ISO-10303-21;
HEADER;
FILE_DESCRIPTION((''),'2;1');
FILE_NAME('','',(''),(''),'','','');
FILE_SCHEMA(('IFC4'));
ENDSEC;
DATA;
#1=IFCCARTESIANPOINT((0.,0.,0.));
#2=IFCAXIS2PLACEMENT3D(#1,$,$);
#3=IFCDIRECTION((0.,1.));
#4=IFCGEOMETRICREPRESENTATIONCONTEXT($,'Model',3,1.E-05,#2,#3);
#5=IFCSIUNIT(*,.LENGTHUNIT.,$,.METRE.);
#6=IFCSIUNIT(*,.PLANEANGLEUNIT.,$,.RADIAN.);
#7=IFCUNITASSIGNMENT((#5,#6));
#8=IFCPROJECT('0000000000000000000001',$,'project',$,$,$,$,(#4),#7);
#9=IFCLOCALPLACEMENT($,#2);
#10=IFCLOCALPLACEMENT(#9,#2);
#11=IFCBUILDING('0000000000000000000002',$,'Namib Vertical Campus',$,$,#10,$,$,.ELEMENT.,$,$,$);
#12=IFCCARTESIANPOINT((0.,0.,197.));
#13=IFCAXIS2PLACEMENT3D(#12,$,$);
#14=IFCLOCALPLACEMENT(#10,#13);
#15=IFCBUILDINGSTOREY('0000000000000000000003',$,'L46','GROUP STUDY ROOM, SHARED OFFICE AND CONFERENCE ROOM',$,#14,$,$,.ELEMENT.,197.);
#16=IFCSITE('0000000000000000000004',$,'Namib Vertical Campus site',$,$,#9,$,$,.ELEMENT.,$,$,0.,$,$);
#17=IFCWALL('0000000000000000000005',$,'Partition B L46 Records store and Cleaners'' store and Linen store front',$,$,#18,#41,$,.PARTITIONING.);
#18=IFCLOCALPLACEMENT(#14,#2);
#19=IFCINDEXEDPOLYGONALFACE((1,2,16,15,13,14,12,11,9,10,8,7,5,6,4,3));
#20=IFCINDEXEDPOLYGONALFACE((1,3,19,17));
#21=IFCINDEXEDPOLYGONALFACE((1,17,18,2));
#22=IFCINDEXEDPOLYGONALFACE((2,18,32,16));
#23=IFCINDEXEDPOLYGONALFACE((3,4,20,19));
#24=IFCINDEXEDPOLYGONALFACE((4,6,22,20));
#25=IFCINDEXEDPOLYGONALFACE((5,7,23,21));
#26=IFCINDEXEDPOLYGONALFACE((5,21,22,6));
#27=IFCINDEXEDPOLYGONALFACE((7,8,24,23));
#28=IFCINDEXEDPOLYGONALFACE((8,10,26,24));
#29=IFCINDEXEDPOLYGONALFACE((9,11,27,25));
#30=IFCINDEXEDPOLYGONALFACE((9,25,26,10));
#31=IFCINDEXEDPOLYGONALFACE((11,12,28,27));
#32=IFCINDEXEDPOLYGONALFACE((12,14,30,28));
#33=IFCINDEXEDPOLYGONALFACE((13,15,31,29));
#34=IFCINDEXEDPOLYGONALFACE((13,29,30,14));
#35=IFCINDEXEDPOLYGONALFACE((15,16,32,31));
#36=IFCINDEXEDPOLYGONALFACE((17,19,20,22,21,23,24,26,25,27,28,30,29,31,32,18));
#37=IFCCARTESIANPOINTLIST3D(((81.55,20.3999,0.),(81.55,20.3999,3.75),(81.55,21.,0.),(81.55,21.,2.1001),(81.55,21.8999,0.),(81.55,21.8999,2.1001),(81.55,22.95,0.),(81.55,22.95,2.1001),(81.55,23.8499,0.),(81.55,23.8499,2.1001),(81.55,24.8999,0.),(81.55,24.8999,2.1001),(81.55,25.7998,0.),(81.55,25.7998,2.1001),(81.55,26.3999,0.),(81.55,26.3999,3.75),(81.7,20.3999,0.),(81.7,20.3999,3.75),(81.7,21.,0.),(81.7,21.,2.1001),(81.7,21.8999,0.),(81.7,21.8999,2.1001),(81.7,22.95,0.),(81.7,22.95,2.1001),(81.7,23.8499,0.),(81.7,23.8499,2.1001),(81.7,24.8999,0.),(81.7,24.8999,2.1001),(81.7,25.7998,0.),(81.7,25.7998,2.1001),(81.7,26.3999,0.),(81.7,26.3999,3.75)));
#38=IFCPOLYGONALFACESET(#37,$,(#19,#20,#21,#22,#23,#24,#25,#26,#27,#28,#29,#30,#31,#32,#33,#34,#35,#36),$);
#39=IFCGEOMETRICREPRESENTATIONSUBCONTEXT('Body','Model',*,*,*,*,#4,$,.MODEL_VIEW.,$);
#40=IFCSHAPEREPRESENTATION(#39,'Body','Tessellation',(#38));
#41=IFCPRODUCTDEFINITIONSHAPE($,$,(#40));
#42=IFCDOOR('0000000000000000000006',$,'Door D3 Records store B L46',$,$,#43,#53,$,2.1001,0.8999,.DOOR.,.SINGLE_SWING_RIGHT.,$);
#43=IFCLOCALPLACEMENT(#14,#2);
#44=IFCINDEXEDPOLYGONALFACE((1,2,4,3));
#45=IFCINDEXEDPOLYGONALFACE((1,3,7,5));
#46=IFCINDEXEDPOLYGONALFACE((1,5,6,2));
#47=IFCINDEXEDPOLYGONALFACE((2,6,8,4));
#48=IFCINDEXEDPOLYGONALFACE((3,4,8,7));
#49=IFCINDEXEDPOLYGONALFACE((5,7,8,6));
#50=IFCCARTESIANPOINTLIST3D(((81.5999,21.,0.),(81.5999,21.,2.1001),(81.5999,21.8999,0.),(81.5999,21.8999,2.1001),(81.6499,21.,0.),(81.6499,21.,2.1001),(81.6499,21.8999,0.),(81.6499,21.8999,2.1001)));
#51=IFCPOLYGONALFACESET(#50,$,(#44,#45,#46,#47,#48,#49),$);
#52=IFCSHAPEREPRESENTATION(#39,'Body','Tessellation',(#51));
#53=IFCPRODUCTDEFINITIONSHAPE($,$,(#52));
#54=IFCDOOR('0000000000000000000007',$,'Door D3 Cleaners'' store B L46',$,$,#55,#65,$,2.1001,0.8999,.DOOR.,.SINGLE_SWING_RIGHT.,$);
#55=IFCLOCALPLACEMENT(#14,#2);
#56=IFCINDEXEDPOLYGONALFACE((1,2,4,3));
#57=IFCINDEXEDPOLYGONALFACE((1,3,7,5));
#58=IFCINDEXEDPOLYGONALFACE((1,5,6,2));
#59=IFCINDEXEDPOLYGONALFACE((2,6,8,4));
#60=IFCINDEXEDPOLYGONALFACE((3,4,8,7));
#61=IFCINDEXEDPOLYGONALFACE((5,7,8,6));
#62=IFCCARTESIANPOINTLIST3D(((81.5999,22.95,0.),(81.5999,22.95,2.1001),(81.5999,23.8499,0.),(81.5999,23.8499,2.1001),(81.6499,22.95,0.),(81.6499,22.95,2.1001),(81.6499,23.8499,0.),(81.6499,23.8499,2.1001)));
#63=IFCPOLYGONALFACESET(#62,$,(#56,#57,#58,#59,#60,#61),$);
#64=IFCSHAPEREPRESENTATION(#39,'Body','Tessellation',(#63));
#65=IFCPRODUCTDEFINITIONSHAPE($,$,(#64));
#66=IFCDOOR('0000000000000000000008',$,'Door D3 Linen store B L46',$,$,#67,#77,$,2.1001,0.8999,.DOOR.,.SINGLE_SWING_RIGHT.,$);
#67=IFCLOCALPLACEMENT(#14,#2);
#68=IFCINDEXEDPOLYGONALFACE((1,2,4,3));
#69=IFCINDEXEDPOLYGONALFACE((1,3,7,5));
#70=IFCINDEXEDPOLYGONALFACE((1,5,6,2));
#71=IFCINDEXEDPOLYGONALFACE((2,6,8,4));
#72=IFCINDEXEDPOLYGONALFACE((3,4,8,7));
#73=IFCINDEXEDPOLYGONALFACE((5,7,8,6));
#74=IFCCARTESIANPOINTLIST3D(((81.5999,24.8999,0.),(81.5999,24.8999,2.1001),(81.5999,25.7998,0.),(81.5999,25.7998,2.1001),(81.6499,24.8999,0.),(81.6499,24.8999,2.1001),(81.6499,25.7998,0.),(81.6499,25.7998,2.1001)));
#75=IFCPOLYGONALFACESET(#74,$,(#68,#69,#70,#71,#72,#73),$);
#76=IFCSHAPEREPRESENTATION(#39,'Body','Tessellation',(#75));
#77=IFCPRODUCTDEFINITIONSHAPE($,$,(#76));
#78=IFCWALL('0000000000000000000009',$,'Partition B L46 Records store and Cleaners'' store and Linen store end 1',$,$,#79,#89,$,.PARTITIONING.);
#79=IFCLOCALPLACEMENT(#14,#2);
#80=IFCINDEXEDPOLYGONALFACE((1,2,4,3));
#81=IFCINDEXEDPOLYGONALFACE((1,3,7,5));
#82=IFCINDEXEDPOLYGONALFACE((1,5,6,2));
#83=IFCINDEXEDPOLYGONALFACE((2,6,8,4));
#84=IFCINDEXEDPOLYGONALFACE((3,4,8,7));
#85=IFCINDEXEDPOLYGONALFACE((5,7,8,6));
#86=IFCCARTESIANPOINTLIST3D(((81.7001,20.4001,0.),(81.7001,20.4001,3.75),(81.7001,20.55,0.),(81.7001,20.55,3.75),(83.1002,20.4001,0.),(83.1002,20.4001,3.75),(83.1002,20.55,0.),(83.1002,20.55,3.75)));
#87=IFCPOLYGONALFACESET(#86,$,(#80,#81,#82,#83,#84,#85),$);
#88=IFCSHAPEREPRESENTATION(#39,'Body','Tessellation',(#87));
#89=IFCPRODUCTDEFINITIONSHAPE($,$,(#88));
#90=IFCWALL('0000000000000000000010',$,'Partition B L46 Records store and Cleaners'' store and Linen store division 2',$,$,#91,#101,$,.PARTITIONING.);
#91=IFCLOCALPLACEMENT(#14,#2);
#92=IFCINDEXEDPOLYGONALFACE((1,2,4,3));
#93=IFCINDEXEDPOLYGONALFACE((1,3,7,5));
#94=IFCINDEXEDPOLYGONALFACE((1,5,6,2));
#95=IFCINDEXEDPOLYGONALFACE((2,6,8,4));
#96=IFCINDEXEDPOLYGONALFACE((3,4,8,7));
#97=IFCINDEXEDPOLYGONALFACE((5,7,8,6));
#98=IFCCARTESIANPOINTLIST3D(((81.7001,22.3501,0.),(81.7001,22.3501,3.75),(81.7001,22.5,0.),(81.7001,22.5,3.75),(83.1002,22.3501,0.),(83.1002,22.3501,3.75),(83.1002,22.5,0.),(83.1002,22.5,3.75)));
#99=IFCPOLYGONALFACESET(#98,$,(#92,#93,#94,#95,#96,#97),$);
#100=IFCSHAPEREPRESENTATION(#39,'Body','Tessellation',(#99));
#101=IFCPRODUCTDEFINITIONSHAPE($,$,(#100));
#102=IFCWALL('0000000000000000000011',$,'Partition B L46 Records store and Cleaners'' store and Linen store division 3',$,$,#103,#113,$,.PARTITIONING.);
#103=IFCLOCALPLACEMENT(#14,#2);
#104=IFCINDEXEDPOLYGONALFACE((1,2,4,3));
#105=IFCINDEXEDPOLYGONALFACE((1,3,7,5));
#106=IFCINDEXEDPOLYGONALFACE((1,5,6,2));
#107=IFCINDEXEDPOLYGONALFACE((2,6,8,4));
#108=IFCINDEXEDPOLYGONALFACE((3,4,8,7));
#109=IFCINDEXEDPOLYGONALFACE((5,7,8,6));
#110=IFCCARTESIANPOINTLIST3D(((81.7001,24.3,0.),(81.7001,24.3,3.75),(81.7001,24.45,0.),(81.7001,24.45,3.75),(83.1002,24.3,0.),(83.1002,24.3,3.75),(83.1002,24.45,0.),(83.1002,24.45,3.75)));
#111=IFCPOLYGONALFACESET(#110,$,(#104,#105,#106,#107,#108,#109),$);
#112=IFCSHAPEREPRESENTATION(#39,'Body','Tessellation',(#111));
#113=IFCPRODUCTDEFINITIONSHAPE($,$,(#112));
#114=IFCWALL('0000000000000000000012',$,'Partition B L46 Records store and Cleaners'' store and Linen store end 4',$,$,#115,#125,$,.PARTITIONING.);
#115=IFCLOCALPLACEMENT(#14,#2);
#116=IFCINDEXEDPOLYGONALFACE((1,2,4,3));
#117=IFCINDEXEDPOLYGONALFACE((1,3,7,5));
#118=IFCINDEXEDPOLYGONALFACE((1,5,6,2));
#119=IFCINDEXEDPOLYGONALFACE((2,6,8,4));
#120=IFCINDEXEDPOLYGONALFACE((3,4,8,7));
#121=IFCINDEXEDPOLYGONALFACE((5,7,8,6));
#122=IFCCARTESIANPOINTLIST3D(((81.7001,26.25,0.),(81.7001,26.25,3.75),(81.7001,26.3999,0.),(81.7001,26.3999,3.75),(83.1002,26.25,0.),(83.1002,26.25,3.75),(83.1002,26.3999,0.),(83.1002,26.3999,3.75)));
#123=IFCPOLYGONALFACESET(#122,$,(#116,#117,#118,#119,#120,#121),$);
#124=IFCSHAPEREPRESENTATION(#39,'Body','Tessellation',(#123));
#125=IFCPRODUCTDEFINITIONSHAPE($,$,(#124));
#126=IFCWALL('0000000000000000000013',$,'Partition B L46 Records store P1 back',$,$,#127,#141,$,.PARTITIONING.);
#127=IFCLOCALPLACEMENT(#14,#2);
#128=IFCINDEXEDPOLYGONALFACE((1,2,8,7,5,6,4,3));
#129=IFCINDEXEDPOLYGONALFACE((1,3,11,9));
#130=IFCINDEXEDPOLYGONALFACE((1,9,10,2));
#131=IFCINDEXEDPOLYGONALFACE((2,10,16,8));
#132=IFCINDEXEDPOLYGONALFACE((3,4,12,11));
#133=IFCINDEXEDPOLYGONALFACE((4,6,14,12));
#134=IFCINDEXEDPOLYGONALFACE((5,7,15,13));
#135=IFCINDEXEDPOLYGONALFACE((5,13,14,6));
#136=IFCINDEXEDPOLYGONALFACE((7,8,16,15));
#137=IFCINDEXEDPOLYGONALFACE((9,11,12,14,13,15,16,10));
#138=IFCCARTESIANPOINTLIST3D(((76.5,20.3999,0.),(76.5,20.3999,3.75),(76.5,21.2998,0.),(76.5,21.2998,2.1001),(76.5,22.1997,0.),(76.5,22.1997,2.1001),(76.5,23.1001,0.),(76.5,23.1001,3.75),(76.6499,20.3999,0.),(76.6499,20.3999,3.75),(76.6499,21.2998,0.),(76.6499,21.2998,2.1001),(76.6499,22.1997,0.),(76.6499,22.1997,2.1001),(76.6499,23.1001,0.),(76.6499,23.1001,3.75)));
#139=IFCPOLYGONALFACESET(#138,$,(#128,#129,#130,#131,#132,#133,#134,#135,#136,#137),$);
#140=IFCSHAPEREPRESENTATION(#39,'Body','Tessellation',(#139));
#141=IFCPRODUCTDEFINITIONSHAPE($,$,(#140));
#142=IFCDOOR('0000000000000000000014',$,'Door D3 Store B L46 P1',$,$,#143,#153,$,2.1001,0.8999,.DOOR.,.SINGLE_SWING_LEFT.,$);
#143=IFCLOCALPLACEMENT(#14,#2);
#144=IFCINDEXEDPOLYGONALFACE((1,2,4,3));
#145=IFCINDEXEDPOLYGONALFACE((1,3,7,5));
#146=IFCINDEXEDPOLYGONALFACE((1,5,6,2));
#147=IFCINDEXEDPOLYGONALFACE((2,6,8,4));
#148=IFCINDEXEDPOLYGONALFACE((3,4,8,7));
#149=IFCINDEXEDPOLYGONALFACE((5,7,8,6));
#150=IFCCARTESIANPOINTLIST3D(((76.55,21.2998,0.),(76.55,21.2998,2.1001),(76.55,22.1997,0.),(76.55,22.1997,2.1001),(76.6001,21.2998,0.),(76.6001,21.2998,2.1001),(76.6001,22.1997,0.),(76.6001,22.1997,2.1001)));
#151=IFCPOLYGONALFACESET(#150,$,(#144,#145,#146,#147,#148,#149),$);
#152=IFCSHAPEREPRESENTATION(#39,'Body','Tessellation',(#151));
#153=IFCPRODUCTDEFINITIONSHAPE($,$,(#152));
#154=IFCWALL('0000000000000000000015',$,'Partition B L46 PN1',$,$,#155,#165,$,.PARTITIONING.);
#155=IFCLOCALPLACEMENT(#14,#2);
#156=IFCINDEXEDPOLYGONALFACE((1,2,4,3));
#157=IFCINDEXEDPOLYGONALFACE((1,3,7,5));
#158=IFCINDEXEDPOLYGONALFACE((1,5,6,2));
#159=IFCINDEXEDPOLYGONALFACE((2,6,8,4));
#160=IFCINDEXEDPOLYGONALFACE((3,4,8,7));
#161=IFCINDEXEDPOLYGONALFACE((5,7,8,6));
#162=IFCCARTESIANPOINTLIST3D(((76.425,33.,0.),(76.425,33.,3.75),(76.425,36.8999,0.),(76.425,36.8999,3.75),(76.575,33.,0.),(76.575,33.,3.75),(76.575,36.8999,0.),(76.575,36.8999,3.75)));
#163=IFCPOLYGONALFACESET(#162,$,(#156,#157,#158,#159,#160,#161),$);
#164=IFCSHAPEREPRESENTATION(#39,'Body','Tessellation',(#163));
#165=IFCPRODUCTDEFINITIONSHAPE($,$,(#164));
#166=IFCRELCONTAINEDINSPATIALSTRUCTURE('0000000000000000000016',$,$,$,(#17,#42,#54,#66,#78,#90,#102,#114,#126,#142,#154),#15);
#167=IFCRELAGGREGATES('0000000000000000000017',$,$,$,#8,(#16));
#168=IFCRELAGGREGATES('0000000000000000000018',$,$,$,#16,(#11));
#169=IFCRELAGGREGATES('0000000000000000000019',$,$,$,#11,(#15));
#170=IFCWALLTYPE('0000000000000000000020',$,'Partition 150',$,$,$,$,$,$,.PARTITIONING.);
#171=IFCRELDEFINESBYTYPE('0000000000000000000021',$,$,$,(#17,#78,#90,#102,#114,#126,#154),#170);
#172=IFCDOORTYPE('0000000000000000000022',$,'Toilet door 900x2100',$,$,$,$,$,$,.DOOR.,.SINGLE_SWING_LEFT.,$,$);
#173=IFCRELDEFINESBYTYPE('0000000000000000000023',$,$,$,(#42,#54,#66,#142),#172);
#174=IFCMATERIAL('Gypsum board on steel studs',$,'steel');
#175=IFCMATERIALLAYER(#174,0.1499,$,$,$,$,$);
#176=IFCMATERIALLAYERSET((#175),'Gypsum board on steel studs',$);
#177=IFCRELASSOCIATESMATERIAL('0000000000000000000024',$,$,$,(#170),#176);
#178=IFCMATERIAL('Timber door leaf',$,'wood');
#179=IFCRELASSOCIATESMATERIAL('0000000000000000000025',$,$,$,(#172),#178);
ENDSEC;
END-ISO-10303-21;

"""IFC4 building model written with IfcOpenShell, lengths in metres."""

from ifc_helpers import new_model, si_unit, direction, frame, frame_2d, origin, place, context, subcontext, project, spatial, rectangle, extrude, material, layer, layer_set, type_object, element, fill, save


model = new_model("IFC4")

# Units and contexts
model_context = context("Model", 3, precision=1e-05, world=origin(), true_north=direction((0.0, 1.0)))
body_context = subcontext(model_context, "Body", "Model", "MODEL_VIEW")
ifc_project = project(units=[si_unit("LENGTHUNIT", "METRE"), si_unit("PLANEANGLEUNIT", "RADIAN")], contexts=[model_context])

# Site, building, storey
site_placement = place(None, origin())
site = spatial("IfcSite", under=ifc_project, at=site_placement, Name="Namib Vertical Campus site", CompositionType="ELEMENT", RefElevation=0.0)
building_placement = place(site_placement, origin())
building = spatial("IfcBuilding", under=site, at=building_placement, Name="Namib Vertical Campus", CompositionType="ELEMENT")
storey_placement = place(building_placement, frame((0.0, 0.0, 197.0)))
storey = spatial("IfcBuildingStorey", under=building, at=storey_placement, Name="L46", Description="GROUP STUDY ROOM, SHARED OFFICE AND CONFERENCE ROOM", CompositionType="ELEMENT", Elevation=197.0)

# Wall, openings, doors
ifc_material_1 = material(Name="Gypsum board on steel studs", Category="steel")
ifc_layer_1 = layer(ifc_material_1, 0.1499)
ifc_layer_set_1 = layer_set([ifc_layer_1], Name="Gypsum board on steel studs")
wall_type_1 = type_object("IfcWallType", Name="Partition 150", PredefinedType="PARTITIONING", material=ifc_layer_set_1)
wall_1_placement = place(storey_placement, frame((81.625, 20.3999, 0.0), z_axis=(0.0, 0.0, 1.0), x_axis=(0.0, 1.0, 0.0)))
wall_1 = element("IfcWall", 1, at=wall_1_placement, inside=storey, type_object=wall_type_1, Name="Partition B L46 Records store and Cleaners' store and Linen store front", PredefinedType="PARTITIONING", context=body_context, shape_type="SweptSolid", body=[
    extrude(rectangle(XDim=6.0, YDim=0.1499, at=frame_2d((3.0, 0.0))), origin(), (0.0, 0.0, 1.0), 3.75),
])
opening_1_placement = place(wall_1_placement, frame((0.6001, 0.0, 0.0)))
opening_1 = element("IfcOpeningElement", 2, at=opening_1_placement, cuts=wall_1, PredefinedType="OPENING", context=body_context, shape_type="SweptSolid", body=[
    extrude(rectangle(XDim=0.8999, YDim=2.1001, at=frame_2d((0.45, 1.05))), frame((0.0, 0.085, 0.0), z_axis=(0.0, -1.0, 0.0), x_axis=(1.0, 0.0, 0.0)), (0.0, 0.0, 1.0), 0.1699),
])
opening_2_placement = place(wall_1_placement, frame((2.55, 0.0, 0.0)))
opening_2 = element("IfcOpeningElement", 3, at=opening_2_placement, cuts=wall_1, PredefinedType="OPENING", context=body_context, shape_type="SweptSolid", body=[
    extrude(rectangle(XDim=0.8999, YDim=2.1001, at=frame_2d((0.45, 1.05))), frame((0.0, 0.085, 0.0), z_axis=(0.0, -1.0, 0.0), x_axis=(1.0, 0.0, 0.0)), (0.0, 0.0, 1.0), 0.1699),
])
opening_3_placement = place(wall_1_placement, frame((4.5, 0.0, 0.0)))
opening_3 = element("IfcOpeningElement", 4, at=opening_3_placement, cuts=wall_1, PredefinedType="OPENING", context=body_context, shape_type="SweptSolid", body=[
    extrude(rectangle(XDim=0.8999, YDim=2.1001, at=frame_2d((0.45, 1.05))), frame((0.0, 0.085, 0.0), z_axis=(0.0, -1.0, 0.0), x_axis=(1.0, 0.0, 0.0)), (0.0, 0.0, 1.0), 0.1699),
])
ifc_material_2 = material(Name="Timber door leaf", Category="wood")
door_type_1 = type_object("IfcDoorType", Name="Toilet door 900x2100", OperationType="SINGLE_SWING_LEFT", PredefinedType="DOOR", material=ifc_material_2)
door_1_placement = place(opening_1_placement, frame((0.8999, 0.0, 0.0), z_axis=(0.0, 0.0, 1.0), x_axis=(-1.0, 0.0, 0.0)))
door_1 = element("IfcDoor", 5, at=door_1_placement, inside=storey, type_object=door_type_1, Name="Door D3 Records store B L46", OperationType="SINGLE_SWING_RIGHT", OverallHeight=2.1001, OverallWidth=0.8999, PredefinedType="DOOR", context=body_context, shape_type="SweptSolid", body=[
    extrude(rectangle(XDim=0.8999, YDim=2.1001, at=frame_2d((0.45, 1.05))), frame((0.0, 0.0249, 0.0), z_axis=(0.0, -1.0, 0.0), x_axis=(1.0, 0.0, 0.0)), (0.0, 0.0, 1.0), 0.05),
])
fill(opening_1, door_1)
door_2_placement = place(opening_2_placement, frame((0.8999, 0.0, 0.0), z_axis=(0.0, 0.0, 1.0), x_axis=(-1.0, 0.0, 0.0)))
door_2 = element("IfcDoor", 6, at=door_2_placement, inside=storey, type_object=door_type_1, Name="Door D3 Cleaners' store B L46", OperationType="SINGLE_SWING_RIGHT", OverallHeight=2.1001, OverallWidth=0.8999, PredefinedType="DOOR", context=body_context, shape_type="SweptSolid", body=[
    extrude(rectangle(XDim=0.8999, YDim=2.1001, at=frame_2d((0.45, 1.05))), frame((0.0, 0.0249, 0.0), z_axis=(0.0, -1.0, 0.0), x_axis=(1.0, 0.0, 0.0)), (0.0, 0.0, 1.0), 0.05),
])
fill(opening_2, door_2)
door_3_placement = place(opening_3_placement, frame((0.8999, 0.0, 0.0), z_axis=(0.0, 0.0, 1.0), x_axis=(-1.0, 0.0, 0.0)))
door_3 = element("IfcDoor", 7, at=door_3_placement, inside=storey, type_object=door_type_1, Name="Door D3 Linen store B L46", OperationType="SINGLE_SWING_RIGHT", OverallHeight=2.1001, OverallWidth=0.8999, PredefinedType="DOOR", context=body_context, shape_type="SweptSolid", body=[
    extrude(rectangle(XDim=0.8999, YDim=2.1001, at=frame_2d((0.45, 1.05))), frame((0.0, 0.0249, 0.0), z_axis=(0.0, -1.0, 0.0), x_axis=(1.0, 0.0, 0.0)), (0.0, 0.0, 1.0), 0.05),
])
fill(opening_3, door_3)

# Walls
for number, where, z_axis, x_axis, name in (
    (8, (81.7, 20.4751, 0.0), (0.0, 0.0, 1.0), (1.0, 0.0, 0.0), "Partition B L46 Records store and Cleaners' store and Linen store end 1"),
    (9, (81.7, 22.425, 0.0), (0.0, 0.0, 1.0), (1.0, 0.0, 0.0), "Partition B L46 Records store and Cleaners' store and Linen store division 2"),
    (10, (81.7, 24.375, 0.0), (0.0, 0.0, 1.0), (1.0, 0.0, 0.0), "Partition B L46 Records store and Cleaners' store and Linen store division 3"),
    (11, (81.7, 26.325, 0.0), (0.0, 0.0, 1.0), (1.0, 0.0, 0.0), "Partition B L46 Records store and Cleaners' store and Linen store end 4"),
):
    element("IfcWall", number, at=place(storey_placement, frame(where, z_axis=z_axis, x_axis=x_axis)), inside=storey, type_object=wall_type_1, Name=name, PredefinedType="PARTITIONING", context=body_context, shape_type="SweptSolid", body=[
        extrude(rectangle(XDim=1.4001, YDim=0.1499, at=frame_2d((0.7002, 0.0))), origin(), (0.0, 0.0, 1.0), 3.75),
    ])

# Wall, opening, door
wall_2_placement = place(storey_placement, frame((76.575, 20.3999, 0.0), z_axis=(0.0, 0.0, 1.0), x_axis=(0.0, 1.0, 0.0)))
wall_2 = element("IfcWall", 12, at=wall_2_placement, inside=storey, type_object=wall_type_1, Name="Partition B L46 Records store P1 back", PredefinedType="PARTITIONING", context=body_context, shape_type="SweptSolid", body=[
    extrude(rectangle(XDim=2.7002, YDim=0.1499, at=frame_2d((1.3501, 0.0))), origin(), (0.0, 0.0, 1.0), 3.75),
])
opening_4_placement = place(wall_2_placement, frame((0.8999, 0.0, 0.0)))
opening_4 = element("IfcOpeningElement", 13, at=opening_4_placement, cuts=wall_2, PredefinedType="OPENING", context=body_context, shape_type="SweptSolid", body=[
    extrude(rectangle(XDim=0.8999, YDim=2.1001, at=frame_2d((0.45, 1.05))), frame((0.0, 0.085, 0.0), z_axis=(0.0, -1.0, 0.0), x_axis=(1.0, 0.0, 0.0)), (0.0, 0.0, 1.0), 0.1699),
])
door_4_placement = place(opening_4_placement, origin())
door_4 = element("IfcDoor", 14, at=door_4_placement, inside=storey, type_object=door_type_1, Name="Door D3 Store B L46 P1", OperationType="SINGLE_SWING_LEFT", OverallHeight=2.1001, OverallWidth=0.8999, PredefinedType="DOOR", context=body_context, shape_type="SweptSolid", body=[
    extrude(rectangle(XDim=0.8999, YDim=2.1001, at=frame_2d((0.45, 1.05))), frame((0.0, 0.0249, 0.0), z_axis=(0.0, -1.0, 0.0), x_axis=(1.0, 0.0, 0.0)), (0.0, 0.0, 1.0), 0.05),
])
fill(opening_4, door_4)

# Wall
wall_3_placement = place(storey_placement, frame((76.5, 33.0, 0.0), z_axis=(0.0, 0.0, 1.0), x_axis=(0.0, 1.0, 0.0)))
element("IfcWall", 15, at=wall_3_placement, inside=storey, type_object=wall_type_1, Name="Partition B L46 PN1", PredefinedType="PARTITIONING", context=body_context, shape_type="SweptSolid", body=[
    extrude(rectangle(XDim=3.8999, YDim=0.1499, at=frame_2d((1.95, 0.0))), origin(), (0.0, 0.0, 1.0), 3.75),
])

save(model, "model.ifc")
